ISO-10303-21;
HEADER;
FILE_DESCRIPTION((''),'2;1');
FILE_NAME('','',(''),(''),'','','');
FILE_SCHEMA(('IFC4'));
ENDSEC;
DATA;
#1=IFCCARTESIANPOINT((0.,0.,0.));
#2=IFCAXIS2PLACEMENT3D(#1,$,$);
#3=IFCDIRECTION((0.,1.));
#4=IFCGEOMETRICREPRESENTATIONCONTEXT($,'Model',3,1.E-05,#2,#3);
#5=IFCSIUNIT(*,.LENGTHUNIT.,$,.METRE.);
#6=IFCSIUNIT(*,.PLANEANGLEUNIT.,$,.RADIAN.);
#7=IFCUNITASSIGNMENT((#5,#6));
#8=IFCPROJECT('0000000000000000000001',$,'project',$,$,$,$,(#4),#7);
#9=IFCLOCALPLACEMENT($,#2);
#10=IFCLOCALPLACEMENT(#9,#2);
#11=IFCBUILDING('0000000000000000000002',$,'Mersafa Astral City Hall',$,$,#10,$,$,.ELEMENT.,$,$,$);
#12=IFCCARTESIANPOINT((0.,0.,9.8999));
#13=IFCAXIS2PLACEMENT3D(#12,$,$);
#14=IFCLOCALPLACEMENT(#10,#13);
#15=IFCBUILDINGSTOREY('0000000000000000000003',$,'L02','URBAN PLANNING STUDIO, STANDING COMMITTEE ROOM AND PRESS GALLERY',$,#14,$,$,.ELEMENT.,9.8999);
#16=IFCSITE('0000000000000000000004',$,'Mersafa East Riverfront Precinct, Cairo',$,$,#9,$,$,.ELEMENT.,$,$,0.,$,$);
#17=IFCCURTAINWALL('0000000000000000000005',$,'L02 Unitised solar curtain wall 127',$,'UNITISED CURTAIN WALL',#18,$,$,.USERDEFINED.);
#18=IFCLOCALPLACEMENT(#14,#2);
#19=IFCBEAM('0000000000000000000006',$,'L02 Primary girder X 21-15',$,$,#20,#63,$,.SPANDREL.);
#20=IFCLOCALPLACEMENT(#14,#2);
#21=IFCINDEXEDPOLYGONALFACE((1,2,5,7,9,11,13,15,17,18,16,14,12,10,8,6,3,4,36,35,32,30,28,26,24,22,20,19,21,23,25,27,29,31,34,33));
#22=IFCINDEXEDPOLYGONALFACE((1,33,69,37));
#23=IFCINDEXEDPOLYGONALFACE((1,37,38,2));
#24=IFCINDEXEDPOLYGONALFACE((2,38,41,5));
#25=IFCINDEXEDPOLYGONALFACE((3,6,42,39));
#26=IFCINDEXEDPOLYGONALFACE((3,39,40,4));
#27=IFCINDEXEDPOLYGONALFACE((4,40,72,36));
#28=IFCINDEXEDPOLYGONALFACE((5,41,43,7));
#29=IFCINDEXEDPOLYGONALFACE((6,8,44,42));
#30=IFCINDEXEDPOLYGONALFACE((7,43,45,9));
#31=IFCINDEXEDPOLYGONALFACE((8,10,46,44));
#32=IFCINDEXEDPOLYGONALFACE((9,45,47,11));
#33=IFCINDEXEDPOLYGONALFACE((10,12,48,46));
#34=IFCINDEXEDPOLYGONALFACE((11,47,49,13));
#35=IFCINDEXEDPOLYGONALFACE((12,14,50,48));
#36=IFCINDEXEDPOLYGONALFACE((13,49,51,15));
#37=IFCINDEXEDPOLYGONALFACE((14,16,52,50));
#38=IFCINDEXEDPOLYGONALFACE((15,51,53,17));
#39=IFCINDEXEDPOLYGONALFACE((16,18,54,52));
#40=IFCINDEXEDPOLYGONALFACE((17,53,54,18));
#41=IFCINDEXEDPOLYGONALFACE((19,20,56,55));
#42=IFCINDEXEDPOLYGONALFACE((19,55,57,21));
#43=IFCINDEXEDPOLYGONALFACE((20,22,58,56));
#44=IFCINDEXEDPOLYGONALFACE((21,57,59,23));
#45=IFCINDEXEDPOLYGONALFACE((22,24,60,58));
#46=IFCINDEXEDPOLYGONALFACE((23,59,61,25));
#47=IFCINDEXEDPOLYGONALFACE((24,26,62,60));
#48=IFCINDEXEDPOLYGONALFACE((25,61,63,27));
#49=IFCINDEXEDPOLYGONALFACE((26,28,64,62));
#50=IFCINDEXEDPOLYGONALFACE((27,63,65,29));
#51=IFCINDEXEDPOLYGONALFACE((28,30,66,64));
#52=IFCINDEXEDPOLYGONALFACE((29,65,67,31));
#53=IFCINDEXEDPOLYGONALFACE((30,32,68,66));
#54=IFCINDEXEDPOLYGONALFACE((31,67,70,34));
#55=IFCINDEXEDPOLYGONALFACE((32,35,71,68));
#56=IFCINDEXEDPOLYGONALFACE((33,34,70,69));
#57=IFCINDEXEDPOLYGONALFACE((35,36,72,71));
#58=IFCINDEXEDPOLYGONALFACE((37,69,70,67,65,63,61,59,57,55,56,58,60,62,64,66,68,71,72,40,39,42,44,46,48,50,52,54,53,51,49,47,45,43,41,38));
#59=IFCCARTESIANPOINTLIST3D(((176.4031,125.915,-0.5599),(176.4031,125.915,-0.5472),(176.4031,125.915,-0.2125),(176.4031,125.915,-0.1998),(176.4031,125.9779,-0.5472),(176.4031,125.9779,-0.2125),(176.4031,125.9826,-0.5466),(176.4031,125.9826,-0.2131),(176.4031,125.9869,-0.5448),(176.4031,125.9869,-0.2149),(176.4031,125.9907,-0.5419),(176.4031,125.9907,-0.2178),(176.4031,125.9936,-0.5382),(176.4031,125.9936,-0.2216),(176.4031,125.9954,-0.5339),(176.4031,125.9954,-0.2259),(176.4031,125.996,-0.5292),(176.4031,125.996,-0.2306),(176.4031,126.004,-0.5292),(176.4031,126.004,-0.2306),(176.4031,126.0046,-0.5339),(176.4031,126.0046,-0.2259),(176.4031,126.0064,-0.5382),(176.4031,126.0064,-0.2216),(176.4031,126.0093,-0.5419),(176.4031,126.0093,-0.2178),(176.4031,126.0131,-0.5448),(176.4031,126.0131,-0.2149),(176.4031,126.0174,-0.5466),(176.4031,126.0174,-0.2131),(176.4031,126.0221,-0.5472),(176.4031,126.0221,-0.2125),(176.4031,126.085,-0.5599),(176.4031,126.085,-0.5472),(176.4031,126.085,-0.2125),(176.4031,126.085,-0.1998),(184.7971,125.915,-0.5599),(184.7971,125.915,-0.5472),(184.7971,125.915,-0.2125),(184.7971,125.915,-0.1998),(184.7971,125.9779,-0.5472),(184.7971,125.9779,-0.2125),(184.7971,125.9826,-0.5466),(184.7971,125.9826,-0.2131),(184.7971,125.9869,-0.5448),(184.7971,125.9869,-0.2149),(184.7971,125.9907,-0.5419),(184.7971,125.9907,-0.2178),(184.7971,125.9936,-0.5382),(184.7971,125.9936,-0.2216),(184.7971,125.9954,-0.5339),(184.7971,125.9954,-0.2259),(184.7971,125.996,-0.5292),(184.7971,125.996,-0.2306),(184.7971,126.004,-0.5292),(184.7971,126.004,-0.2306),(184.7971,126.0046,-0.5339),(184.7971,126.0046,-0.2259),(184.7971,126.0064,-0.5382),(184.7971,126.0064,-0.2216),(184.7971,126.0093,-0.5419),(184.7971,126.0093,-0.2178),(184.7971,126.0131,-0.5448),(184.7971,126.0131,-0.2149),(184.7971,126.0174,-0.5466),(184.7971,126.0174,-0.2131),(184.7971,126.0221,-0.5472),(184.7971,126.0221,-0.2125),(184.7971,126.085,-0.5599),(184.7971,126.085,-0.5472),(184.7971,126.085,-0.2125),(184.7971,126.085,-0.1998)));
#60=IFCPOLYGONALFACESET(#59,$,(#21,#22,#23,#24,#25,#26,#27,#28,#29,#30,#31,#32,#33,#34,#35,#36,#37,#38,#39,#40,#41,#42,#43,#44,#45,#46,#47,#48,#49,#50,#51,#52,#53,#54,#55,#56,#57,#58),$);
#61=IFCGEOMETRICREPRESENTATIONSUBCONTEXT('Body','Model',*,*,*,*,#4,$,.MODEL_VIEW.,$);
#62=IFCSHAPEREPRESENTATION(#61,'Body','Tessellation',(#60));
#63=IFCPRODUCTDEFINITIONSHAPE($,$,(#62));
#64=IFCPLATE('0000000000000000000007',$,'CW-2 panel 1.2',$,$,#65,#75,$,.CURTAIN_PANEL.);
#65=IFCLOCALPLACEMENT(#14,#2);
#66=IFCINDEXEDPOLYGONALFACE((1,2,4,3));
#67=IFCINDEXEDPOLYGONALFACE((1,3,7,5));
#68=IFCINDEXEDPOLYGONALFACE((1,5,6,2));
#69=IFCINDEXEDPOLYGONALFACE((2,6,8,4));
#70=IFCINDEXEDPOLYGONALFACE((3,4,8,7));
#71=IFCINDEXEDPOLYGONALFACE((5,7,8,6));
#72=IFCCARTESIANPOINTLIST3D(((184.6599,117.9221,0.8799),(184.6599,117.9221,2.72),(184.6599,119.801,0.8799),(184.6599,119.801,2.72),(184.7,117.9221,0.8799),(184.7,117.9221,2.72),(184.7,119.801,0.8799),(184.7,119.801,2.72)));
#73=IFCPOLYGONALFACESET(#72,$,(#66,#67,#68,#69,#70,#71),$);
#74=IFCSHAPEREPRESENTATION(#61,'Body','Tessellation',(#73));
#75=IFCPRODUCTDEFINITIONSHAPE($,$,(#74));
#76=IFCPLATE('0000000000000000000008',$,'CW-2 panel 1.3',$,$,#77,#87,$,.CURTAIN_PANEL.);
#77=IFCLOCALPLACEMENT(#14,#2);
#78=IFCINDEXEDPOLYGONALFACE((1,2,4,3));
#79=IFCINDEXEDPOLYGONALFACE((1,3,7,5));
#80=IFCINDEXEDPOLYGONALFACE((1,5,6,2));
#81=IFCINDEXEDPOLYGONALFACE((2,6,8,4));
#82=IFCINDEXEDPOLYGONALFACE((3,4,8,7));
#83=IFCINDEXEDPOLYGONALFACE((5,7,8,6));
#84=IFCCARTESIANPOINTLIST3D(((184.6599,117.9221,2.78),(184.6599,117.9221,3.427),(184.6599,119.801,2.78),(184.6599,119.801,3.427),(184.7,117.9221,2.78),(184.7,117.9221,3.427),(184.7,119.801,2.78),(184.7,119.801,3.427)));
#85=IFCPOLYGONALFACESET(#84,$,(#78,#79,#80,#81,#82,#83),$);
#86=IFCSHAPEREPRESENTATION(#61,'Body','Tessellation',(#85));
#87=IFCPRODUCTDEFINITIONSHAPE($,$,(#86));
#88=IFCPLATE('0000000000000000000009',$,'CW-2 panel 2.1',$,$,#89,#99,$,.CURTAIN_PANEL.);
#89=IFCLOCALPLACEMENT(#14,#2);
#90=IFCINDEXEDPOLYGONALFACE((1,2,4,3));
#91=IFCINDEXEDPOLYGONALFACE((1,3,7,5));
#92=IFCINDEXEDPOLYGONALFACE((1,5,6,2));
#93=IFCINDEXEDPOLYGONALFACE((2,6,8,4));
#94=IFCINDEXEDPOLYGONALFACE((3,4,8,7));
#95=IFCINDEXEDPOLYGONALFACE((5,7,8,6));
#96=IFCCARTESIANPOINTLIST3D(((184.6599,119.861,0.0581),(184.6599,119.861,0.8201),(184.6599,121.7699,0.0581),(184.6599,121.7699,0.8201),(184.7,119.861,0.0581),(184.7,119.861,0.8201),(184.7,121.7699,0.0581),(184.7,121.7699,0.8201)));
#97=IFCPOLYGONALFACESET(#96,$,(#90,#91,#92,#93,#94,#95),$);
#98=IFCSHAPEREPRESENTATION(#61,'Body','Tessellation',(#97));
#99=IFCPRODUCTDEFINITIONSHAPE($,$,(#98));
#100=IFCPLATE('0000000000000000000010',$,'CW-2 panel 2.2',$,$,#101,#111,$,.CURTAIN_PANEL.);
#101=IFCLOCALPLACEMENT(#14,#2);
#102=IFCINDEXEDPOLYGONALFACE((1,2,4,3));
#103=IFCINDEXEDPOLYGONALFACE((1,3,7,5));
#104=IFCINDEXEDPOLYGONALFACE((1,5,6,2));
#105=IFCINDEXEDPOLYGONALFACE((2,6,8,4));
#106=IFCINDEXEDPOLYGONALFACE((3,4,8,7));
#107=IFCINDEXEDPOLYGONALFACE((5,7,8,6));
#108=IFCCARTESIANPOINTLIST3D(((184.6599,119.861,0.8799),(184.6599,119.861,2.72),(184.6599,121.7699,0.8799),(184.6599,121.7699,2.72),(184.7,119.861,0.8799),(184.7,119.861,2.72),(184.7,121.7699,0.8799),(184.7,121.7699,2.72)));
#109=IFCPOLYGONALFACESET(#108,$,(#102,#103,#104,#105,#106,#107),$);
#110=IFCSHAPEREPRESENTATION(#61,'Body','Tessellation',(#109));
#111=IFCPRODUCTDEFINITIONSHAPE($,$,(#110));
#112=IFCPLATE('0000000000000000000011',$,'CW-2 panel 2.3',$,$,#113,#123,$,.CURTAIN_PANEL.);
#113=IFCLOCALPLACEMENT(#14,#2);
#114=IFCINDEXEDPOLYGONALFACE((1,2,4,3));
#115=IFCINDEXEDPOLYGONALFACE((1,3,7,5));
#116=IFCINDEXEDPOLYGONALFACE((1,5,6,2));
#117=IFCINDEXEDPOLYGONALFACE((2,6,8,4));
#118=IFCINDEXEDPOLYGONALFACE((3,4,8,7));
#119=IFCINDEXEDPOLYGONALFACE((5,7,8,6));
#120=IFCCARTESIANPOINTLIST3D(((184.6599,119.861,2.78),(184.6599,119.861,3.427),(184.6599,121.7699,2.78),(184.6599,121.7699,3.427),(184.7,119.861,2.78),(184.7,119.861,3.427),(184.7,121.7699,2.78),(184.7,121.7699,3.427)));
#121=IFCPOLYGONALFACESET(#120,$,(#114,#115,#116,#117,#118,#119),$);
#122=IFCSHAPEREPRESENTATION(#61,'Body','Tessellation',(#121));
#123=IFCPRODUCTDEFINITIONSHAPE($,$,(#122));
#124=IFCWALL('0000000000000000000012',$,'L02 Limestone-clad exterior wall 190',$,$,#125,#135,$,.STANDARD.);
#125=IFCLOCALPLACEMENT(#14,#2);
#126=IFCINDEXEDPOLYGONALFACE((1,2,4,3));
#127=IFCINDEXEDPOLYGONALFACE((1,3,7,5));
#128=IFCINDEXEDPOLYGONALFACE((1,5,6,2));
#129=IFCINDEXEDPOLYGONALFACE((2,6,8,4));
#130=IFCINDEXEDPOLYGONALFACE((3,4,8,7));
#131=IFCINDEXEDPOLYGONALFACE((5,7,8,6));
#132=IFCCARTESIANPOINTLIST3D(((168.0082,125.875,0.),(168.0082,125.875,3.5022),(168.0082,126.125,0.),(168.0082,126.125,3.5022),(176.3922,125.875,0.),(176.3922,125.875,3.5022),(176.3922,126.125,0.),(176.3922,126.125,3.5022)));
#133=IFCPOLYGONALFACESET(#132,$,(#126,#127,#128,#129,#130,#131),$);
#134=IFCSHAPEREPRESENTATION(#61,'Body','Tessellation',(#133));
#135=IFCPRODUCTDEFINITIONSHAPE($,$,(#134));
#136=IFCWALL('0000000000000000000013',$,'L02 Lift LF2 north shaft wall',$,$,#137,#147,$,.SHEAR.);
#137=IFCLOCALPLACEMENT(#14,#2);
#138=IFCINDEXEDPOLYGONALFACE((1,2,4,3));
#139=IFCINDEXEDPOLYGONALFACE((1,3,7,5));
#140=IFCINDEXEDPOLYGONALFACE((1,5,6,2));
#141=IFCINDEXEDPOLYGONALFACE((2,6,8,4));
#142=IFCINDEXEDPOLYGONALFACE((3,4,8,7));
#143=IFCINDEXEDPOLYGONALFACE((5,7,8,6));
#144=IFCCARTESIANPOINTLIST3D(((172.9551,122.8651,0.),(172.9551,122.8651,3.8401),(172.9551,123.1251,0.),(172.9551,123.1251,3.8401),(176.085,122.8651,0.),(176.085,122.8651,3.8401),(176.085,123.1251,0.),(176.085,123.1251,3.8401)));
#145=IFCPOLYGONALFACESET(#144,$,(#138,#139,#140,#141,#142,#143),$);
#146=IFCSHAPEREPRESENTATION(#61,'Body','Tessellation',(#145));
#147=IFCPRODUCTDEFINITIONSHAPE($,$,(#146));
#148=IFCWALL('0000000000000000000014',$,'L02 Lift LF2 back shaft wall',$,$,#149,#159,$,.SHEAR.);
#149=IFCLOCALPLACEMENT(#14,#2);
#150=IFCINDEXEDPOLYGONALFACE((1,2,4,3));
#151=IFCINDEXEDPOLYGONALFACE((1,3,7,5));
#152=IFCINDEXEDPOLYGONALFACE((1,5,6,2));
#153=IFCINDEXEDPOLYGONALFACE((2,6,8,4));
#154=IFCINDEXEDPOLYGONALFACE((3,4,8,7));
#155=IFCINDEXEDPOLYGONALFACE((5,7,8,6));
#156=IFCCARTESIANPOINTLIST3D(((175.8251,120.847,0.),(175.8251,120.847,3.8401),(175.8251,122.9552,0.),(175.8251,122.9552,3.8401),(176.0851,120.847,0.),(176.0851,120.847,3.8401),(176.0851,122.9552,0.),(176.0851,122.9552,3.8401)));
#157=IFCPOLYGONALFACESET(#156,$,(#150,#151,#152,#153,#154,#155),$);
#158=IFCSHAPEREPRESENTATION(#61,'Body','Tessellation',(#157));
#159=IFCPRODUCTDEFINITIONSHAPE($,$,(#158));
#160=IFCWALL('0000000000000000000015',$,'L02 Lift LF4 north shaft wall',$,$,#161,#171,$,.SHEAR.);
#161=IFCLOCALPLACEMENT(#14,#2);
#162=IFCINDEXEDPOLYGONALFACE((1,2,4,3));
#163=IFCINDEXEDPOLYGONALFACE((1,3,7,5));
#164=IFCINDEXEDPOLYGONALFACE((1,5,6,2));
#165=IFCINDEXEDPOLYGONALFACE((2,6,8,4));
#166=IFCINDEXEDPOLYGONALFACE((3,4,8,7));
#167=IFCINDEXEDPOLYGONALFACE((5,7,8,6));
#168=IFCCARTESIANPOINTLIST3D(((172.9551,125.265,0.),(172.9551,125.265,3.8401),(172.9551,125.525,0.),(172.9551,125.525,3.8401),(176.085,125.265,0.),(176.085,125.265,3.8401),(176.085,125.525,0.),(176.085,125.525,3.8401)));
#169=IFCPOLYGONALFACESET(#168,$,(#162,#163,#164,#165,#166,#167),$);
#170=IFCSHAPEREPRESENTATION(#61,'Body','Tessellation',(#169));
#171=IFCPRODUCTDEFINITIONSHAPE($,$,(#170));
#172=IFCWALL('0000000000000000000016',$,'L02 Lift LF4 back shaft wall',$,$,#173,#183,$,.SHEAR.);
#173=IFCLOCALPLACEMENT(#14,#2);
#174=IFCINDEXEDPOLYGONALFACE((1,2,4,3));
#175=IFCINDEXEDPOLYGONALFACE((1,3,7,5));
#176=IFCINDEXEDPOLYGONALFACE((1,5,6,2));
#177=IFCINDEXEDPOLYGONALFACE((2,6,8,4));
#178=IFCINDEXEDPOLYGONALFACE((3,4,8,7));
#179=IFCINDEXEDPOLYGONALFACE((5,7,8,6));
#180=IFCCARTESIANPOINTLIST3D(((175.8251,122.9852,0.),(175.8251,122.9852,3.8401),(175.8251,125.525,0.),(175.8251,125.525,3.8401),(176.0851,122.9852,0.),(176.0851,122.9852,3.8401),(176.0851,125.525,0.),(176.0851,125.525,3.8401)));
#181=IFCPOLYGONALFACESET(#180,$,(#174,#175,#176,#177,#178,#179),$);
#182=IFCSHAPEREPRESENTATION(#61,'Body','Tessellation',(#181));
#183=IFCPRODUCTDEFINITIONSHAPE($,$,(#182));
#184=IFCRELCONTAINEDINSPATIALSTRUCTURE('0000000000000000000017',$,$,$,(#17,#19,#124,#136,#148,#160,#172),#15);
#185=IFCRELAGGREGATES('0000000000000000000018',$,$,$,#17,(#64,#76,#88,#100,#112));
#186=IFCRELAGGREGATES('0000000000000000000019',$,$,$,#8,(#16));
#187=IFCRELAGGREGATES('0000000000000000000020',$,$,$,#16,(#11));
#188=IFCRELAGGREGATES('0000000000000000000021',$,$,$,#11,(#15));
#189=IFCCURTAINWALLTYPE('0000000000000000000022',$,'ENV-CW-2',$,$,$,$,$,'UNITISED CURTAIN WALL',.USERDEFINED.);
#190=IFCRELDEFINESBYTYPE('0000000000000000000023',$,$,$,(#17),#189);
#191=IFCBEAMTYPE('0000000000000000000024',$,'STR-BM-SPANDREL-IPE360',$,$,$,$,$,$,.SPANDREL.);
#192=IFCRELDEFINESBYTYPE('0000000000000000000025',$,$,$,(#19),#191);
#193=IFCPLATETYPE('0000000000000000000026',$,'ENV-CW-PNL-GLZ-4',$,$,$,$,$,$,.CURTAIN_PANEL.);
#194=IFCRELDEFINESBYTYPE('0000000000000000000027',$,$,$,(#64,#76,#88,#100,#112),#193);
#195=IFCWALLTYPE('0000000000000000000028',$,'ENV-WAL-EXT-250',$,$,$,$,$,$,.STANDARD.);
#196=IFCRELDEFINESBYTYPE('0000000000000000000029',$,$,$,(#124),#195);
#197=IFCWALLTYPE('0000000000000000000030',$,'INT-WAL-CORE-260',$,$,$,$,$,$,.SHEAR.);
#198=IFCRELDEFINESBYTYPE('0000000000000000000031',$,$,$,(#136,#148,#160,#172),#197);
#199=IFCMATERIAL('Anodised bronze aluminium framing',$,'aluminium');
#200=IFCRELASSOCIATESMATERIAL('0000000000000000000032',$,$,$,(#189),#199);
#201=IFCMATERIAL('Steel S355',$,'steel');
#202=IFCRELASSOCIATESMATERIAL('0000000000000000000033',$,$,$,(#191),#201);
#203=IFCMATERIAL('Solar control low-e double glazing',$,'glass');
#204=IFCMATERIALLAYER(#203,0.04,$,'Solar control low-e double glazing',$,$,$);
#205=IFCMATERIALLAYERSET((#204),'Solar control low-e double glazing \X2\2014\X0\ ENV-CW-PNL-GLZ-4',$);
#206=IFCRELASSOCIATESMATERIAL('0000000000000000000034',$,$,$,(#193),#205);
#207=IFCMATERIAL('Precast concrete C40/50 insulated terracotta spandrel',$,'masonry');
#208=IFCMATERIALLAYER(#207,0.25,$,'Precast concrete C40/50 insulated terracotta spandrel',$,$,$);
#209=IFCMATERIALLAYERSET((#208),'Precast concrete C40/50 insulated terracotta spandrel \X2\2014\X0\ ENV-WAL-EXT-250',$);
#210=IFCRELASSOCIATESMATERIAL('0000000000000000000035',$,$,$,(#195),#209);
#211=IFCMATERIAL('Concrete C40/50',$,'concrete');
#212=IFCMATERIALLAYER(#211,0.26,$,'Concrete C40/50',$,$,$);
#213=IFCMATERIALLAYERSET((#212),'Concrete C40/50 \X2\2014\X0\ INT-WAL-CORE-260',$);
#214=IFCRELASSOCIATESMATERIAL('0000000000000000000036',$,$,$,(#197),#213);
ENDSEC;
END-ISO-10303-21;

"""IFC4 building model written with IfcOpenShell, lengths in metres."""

from ifc_helpers import new_model, si_unit, direction, frame, frame_2d, origin, origin_2d, place, context, subcontext, project, spatial, rectangle, i_section, extrude, material, layer, layer_set, material_profile, profile_set, type_object, element, aggregate, save


model = new_model("IFC4")

# Units and contexts
model_context = context("Model", 3, precision=1e-05, world=origin(), true_north=direction((0.0, 1.0)))
body_context = subcontext(model_context, "Body", "Model", "MODEL_VIEW")
ifc_project = project(units=[si_unit("LENGTHUNIT", "METRE"), si_unit("PLANEANGLEUNIT", "RADIAN")], contexts=[model_context])

# Site, building, storey
site_placement = place(None, origin())
site = spatial("IfcSite", under=ifc_project, at=site_placement, Name="Mersafa East Riverfront Precinct, Cairo", CompositionType="ELEMENT", RefElevation=0.0)
building_placement = place(site_placement, origin())
building = spatial("IfcBuilding", under=site, at=building_placement, Name="Mersafa Astral City Hall", CompositionType="ELEMENT")
storey_placement = place(building_placement, frame((0.0, 0.0, 9.8999)))
storey = spatial("IfcBuildingStorey", under=building, at=storey_placement, Name="L02", Description="URBAN PLANNING STUDIO, STANDING COMMITTEE ROOM AND PRESS GALLERY", CompositionType="ELEMENT", Elevation=9.8999)

# Shared definitions
ifc_material_1 = material(Name="Steel S355", Category="steel")

# Curtain wall
ifc_material_2 = material(Name="Anodised bronze aluminium framing", Category="aluminium")
curtain_wall_type = type_object("IfcCurtainWallType", Name="ENV-CW-2", ElementType="UNITISED CURTAIN WALL", PredefinedType="USERDEFINED", material=ifc_material_2)
curtain_wall_placement = place(storey_placement, origin())
curtain_wall = element("IfcCurtainWall", 1, at=curtain_wall_placement, inside=storey, type_object=curtain_wall_type, Name="L02 Unitised solar curtain wall 127", ObjectType="UNITISED CURTAIN WALL", PredefinedType="USERDEFINED")

# Beam
ifc_material_profile_1 = material_profile(ifc_material_1, i_section(OverallWidth=0.1699, OverallDepth=0.3601, WebThickness=0.0081, FlangeThickness=0.0127, FilletRadius=0.0181, at=origin_2d()), Name="IPE 360")
ifc_profile_set_1 = profile_set([ifc_material_profile_1], Name="Steel S355")
beam_type = type_object("IfcBeamType", Name="STR-BM-SPANDREL-IPE360", PredefinedType="SPANDREL", material=ifc_profile_set_1)
beam_placement = place(storey_placement, frame((176.4031, 126.0, -0.3799), z_axis=(1.0, 0.0, 0.0), x_axis=(0.0, 1.0, 0.0)))
element("IfcBeam", 2, at=beam_placement, inside=storey, type_object=beam_type, Name="L02 Primary girder X 21-15", PredefinedType="SPANDREL", context=body_context, shape_type="SweptSolid", body=[
    extrude(i_section(OverallWidth=0.1699, OverallDepth=0.3601, WebThickness=0.0081, FlangeThickness=0.0127, FilletRadius=0.0181, at=origin_2d()), origin(), (0.0, 0.0, 1.0), 8.394),
])

# Plates
ifc_material_3 = material(Name="Solar control low-e double glazing", Category="glass")
ifc_layer_1 = layer(ifc_material_3, 0.04, Name="Solar control low-e double glazing")
ifc_layer_set_1 = layer_set([ifc_layer_1], Name="Solar control low-e double glazing — ENV-CW-PNL-GLZ-4")
plate_type = type_object("IfcPlateType", Name="ENV-CW-PNL-GLZ-4", PredefinedType="CURTAIN_PANEL", material=ifc_layer_set_1)
plate_1_placement = place(storey_placement, frame((184.6799, 118.8616, 0.8799), z_axis=(0.0, 0.0, 1.0), x_axis=(0.0, 1.0, 0.0)))
plate_1 = element("IfcPlate", 3, at=plate_1_placement, type_object=plate_type, Name="CW-2 panel 1.2", PredefinedType="CURTAIN_PANEL", context=body_context, shape_type="SweptSolid", body=[
    extrude(rectangle(XDim=1.8789, YDim=0.04, at=origin_2d()), origin(), (0.0, 0.0, 1.0), 1.8401),
])
plate_2_placement = place(storey_placement, frame((184.6799, 118.8616, 2.78), z_axis=(0.0, 0.0, 1.0), x_axis=(0.0, 1.0, 0.0)))
plate_2 = element("IfcPlate", 4, at=plate_2_placement, type_object=plate_type, Name="CW-2 panel 1.3", PredefinedType="CURTAIN_PANEL", context=body_context, shape_type="SweptSolid", body=[
    extrude(rectangle(XDim=1.8789, YDim=0.04, at=origin_2d()), origin(), (0.0, 0.0, 1.0), 0.647),
])
plate_3_placement = place(storey_placement, frame((184.6799, 120.8154, 0.0581), z_axis=(0.0, 0.0, 1.0), x_axis=(0.0, 1.0, 0.0)))
plate_3 = element("IfcPlate", 5, at=plate_3_placement, type_object=plate_type, Name="CW-2 panel 2.1", PredefinedType="CURTAIN_PANEL", context=body_context, shape_type="SweptSolid", body=[
    extrude(rectangle(XDim=1.9089, YDim=0.04, at=origin_2d()), origin(), (0.0, 0.0, 1.0), 0.762),
])
plate_4_placement = place(storey_placement, frame((184.6799, 120.8154, 0.8799), z_axis=(0.0, 0.0, 1.0), x_axis=(0.0, 1.0, 0.0)))
plate_4 = element("IfcPlate", 6, at=plate_4_placement, type_object=plate_type, Name="CW-2 panel 2.2", PredefinedType="CURTAIN_PANEL", context=body_context, shape_type="SweptSolid", body=[
    extrude(rectangle(XDim=1.9089, YDim=0.04, at=origin_2d()), origin(), (0.0, 0.0, 1.0), 1.8401),
])
plate_5_placement = place(storey_placement, frame((184.6799, 120.8154, 2.78), z_axis=(0.0, 0.0, 1.0), x_axis=(0.0, 1.0, 0.0)))
plate_5 = element("IfcPlate", 7, at=plate_5_placement, type_object=plate_type, Name="CW-2 panel 2.3", PredefinedType="CURTAIN_PANEL", context=body_context, shape_type="SweptSolid", body=[
    extrude(rectangle(XDim=1.9089, YDim=0.04, at=origin_2d()), origin(), (0.0, 0.0, 1.0), 0.647),
])
aggregate(curtain_wall, [plate_1, plate_2, plate_3, plate_4, plate_5])

# Walls
ifc_material_4 = material(Name="Precast concrete C40/50 insulated terracotta spandrel", Category="masonry")
ifc_layer_2 = layer(ifc_material_4, 0.25, Name="Precast concrete C40/50 insulated terracotta spandrel")
ifc_layer_set_2 = layer_set([ifc_layer_2], Name="Precast concrete C40/50 insulated terracotta spandrel — ENV-WAL-EXT-250")
wall_type_1 = type_object("IfcWallType", Name="ENV-WAL-EXT-250", PredefinedType="STANDARD", material=ifc_layer_set_2)
wall_1_placement = place(storey_placement, frame((176.3921, 126.0, 0.0), z_axis=(0.0, 0.0, 1.0), x_axis=(-1.0, 0.0, 0.0)))
element("IfcWall", 8, at=wall_1_placement, inside=storey, type_object=wall_type_1, Name="L02 Limestone-clad exterior wall 190", PredefinedType="STANDARD", context=body_context, shape_type="SweptSolid", body=[
    extrude(rectangle(XDim=8.384, YDim=0.25, at=frame_2d((4.1919, 0.0))), origin(), (0.0, 0.0, 1.0), 3.5022),
])
ifc_material_5 = material(Name="Concrete C40/50", Category="concrete")
ifc_layer_3 = layer(ifc_material_5, 0.26, Name="Concrete C40/50")
ifc_layer_set_3 = layer_set([ifc_layer_3], Name="Concrete C40/50 — INT-WAL-CORE-260")
wall_type_2 = type_object("IfcWallType", Name="INT-WAL-CORE-260", PredefinedType="SHEAR", material=ifc_layer_set_3)
wall_2_placement = place(storey_placement, frame((172.9551, 122.9951, 0.0), z_axis=(0.0, 0.0, 1.0), x_axis=(1.0, 0.0, 0.0)))
element("IfcWall", 9, at=wall_2_placement, inside=storey, type_object=wall_type_2, Name="L02 Lift LF2 north shaft wall", PredefinedType="SHEAR", context=body_context, shape_type="SweptSolid", body=[
    extrude(rectangle(XDim=3.1299, YDim=0.26, at=frame_2d((1.5649, 0.0))), origin(), (0.0, 0.0, 1.0), 3.8401),
])
wall_3_placement = place(storey_placement, frame((175.9551, 120.8469, 0.0), z_axis=(0.0, 0.0, 1.0), x_axis=(0.0, 1.0, 0.0)))
element("IfcWall", 10, at=wall_3_placement, inside=storey, type_object=wall_type_2, Name="L02 Lift LF2 back shaft wall", PredefinedType="SHEAR", context=body_context, shape_type="SweptSolid", body=[
    extrude(rectangle(XDim=2.1082, YDim=0.26, at=frame_2d((1.0542, 0.0))), origin(), (0.0, 0.0, 1.0), 3.8401),
])

# Walls
wall_4_placement = place(storey_placement, frame((172.9551, 125.395, 0.0), z_axis=(0.0, 0.0, 1.0), x_axis=(1.0, 0.0, 0.0)))
element("IfcWall", 11, at=wall_4_placement, inside=storey, type_object=wall_type_2, Name="L02 Lift LF4 north shaft wall", PredefinedType="SHEAR", context=body_context, shape_type="SweptSolid", body=[
    extrude(rectangle(XDim=3.1299, YDim=0.26, at=frame_2d((1.5649, 0.0))), origin(), (0.0, 0.0, 1.0), 3.8401),
])
wall_5_placement = place(storey_placement, frame((175.9551, 122.9851, 0.0), z_axis=(0.0, 0.0, 1.0), x_axis=(0.0, 1.0, 0.0)))
element("IfcWall", 12, at=wall_5_placement, inside=storey, type_object=wall_type_2, Name="L02 Lift LF4 back shaft wall", PredefinedType="SHEAR", context=body_context, shape_type="SweptSolid", body=[
    extrude(rectangle(XDim=2.5398, YDim=0.26, at=frame_2d((1.27, 0.0))), origin(), (0.0, 0.0, 1.0), 3.8401),
])

save(model, "model.ifc")
